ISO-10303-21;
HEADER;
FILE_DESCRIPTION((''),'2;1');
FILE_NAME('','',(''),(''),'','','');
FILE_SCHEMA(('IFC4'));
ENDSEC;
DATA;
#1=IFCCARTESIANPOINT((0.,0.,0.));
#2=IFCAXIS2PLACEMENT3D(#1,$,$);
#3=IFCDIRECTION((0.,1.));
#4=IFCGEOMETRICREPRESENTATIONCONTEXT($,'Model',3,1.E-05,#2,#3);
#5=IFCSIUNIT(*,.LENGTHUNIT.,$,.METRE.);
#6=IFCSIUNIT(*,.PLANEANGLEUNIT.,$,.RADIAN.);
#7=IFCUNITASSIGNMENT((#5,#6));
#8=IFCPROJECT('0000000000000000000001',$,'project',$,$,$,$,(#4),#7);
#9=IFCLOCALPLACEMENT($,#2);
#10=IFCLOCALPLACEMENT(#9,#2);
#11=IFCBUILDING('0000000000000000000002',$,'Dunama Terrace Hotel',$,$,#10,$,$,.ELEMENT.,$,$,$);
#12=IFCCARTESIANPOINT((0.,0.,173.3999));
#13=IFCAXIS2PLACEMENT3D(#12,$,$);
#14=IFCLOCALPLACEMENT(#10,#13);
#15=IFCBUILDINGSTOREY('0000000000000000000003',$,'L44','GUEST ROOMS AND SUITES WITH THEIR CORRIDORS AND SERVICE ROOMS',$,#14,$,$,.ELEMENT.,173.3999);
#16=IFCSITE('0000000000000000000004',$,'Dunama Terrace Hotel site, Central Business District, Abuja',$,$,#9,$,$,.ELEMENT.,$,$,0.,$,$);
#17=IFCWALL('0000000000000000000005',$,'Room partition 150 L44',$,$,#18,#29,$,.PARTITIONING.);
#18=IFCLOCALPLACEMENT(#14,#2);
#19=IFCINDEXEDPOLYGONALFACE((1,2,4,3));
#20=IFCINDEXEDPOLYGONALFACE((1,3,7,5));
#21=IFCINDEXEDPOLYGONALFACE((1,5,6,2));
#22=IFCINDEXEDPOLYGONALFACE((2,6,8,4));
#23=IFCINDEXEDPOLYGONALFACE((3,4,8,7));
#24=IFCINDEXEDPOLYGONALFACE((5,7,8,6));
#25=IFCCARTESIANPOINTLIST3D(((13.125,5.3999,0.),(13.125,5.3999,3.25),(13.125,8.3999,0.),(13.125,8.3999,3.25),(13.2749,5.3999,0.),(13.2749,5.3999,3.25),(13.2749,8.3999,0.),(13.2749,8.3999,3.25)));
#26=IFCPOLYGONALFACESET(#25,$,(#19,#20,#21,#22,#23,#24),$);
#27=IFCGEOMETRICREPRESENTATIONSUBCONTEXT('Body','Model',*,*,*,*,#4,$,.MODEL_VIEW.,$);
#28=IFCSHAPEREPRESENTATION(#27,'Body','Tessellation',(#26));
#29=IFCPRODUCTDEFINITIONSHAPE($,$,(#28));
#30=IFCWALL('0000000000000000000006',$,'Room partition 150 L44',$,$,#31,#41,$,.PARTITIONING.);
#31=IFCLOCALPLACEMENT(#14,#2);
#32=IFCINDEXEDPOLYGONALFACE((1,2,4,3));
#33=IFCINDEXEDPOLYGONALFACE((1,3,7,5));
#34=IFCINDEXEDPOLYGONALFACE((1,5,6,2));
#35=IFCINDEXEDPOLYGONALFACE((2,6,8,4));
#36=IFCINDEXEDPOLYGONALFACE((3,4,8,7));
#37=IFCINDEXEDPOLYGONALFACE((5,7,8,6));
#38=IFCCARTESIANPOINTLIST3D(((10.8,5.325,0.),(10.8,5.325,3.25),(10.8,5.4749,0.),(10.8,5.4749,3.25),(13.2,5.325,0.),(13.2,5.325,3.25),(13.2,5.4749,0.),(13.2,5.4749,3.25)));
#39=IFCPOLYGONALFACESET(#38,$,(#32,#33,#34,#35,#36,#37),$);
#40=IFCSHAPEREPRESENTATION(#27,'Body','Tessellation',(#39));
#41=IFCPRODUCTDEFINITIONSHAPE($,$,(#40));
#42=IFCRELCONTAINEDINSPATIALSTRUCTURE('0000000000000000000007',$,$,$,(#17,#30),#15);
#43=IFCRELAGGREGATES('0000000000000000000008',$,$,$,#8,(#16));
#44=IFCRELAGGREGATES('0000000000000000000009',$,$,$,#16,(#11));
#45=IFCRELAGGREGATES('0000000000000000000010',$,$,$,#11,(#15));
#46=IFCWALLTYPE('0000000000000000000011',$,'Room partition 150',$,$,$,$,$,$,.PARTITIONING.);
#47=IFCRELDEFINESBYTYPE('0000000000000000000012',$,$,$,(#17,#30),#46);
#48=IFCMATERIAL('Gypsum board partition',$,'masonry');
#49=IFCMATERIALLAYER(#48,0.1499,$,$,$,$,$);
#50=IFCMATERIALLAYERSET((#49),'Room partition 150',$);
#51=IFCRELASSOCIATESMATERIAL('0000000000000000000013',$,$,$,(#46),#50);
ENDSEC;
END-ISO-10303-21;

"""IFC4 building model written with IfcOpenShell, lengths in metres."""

from ifc_helpers import new_model, si_unit, direction, frame, frame_2d, origin, place, context, subcontext, project, spatial, rectangle, extrude, material, layer, layer_set, type_object, element, save


model = new_model("IFC4")

# Units and contexts
model_context = context("Model", 3, precision=1e-05, world=origin(), true_north=direction((0.0, 1.0)))
body_context = subcontext(model_context, "Body", "Model", "MODEL_VIEW")
ifc_project = project(units=[si_unit("LENGTHUNIT", "METRE"), si_unit("PLANEANGLEUNIT", "RADIAN")], contexts=[model_context])

# Site, building, storey
site_placement = place(None, origin())
site = spatial("IfcSite", under=ifc_project, at=site_placement, Name="Dunama Terrace Hotel site, Central Business District, Abuja", CompositionType="ELEMENT", RefElevation=0.0)
building_placement = place(site_placement, origin())
building = spatial("IfcBuilding", under=site, at=building_placement, Name="Dunama Terrace Hotel", CompositionType="ELEMENT")
storey_placement = place(building_placement, frame((0.0, 0.0, 173.3999)))
storey = spatial("IfcBuildingStorey", under=building, at=storey_placement, Name="L44", Description="GUEST ROOMS AND SUITES WITH THEIR CORRIDORS AND SERVICE ROOMS", CompositionType="ELEMENT", Elevation=173.3999)

# Walls
ifc_material_1 = material(Name="Gypsum board partition", Category="masonry")
ifc_layer_1 = layer(ifc_material_1, 0.1499)
ifc_layer_set_1 = layer_set([ifc_layer_1], Name="Room partition 150")
wall_type_1 = type_object("IfcWallType", Name="Room partition 150", PredefinedType="PARTITIONING", material=ifc_layer_set_1)
wall_1_placement = place(storey_placement, frame((13.2, 5.3999, 0.0), z_axis=(0.0, 0.0, 1.0), x_axis=(0.0, 1.0, 0.0)))
element("IfcWall", 1, at=wall_1_placement, inside=storey, type_object=wall_type_1, Name="Room partition 150 L44", PredefinedType="PARTITIONING", context=body_context, shape_type="SweptSolid", body=[
    extrude(rectangle(XDim=3.0, YDim=0.1499, at=frame_2d((1.5, 0.0))), origin(), (0.0, 0.0, 1.0), 3.25),
])
wall_2_placement = place(storey_placement, frame((10.8, 5.3999, 0.0), z_axis=(0.0, 0.0, 1.0), x_axis=(1.0, 0.0, 0.0)))
element("IfcWall", 2, at=wall_2_placement, inside=storey, type_object=wall_type_1, Name="Room partition 150 L44", PredefinedType="PARTITIONING", context=body_context, shape_type="SweptSolid", body=[
    extrude(rectangle(XDim=2.3999, YDim=0.1499, at=frame_2d((1.2, 0.0))), origin(), (0.0, 0.0, 1.0), 3.25),
])

save(model, "model.ifc")
